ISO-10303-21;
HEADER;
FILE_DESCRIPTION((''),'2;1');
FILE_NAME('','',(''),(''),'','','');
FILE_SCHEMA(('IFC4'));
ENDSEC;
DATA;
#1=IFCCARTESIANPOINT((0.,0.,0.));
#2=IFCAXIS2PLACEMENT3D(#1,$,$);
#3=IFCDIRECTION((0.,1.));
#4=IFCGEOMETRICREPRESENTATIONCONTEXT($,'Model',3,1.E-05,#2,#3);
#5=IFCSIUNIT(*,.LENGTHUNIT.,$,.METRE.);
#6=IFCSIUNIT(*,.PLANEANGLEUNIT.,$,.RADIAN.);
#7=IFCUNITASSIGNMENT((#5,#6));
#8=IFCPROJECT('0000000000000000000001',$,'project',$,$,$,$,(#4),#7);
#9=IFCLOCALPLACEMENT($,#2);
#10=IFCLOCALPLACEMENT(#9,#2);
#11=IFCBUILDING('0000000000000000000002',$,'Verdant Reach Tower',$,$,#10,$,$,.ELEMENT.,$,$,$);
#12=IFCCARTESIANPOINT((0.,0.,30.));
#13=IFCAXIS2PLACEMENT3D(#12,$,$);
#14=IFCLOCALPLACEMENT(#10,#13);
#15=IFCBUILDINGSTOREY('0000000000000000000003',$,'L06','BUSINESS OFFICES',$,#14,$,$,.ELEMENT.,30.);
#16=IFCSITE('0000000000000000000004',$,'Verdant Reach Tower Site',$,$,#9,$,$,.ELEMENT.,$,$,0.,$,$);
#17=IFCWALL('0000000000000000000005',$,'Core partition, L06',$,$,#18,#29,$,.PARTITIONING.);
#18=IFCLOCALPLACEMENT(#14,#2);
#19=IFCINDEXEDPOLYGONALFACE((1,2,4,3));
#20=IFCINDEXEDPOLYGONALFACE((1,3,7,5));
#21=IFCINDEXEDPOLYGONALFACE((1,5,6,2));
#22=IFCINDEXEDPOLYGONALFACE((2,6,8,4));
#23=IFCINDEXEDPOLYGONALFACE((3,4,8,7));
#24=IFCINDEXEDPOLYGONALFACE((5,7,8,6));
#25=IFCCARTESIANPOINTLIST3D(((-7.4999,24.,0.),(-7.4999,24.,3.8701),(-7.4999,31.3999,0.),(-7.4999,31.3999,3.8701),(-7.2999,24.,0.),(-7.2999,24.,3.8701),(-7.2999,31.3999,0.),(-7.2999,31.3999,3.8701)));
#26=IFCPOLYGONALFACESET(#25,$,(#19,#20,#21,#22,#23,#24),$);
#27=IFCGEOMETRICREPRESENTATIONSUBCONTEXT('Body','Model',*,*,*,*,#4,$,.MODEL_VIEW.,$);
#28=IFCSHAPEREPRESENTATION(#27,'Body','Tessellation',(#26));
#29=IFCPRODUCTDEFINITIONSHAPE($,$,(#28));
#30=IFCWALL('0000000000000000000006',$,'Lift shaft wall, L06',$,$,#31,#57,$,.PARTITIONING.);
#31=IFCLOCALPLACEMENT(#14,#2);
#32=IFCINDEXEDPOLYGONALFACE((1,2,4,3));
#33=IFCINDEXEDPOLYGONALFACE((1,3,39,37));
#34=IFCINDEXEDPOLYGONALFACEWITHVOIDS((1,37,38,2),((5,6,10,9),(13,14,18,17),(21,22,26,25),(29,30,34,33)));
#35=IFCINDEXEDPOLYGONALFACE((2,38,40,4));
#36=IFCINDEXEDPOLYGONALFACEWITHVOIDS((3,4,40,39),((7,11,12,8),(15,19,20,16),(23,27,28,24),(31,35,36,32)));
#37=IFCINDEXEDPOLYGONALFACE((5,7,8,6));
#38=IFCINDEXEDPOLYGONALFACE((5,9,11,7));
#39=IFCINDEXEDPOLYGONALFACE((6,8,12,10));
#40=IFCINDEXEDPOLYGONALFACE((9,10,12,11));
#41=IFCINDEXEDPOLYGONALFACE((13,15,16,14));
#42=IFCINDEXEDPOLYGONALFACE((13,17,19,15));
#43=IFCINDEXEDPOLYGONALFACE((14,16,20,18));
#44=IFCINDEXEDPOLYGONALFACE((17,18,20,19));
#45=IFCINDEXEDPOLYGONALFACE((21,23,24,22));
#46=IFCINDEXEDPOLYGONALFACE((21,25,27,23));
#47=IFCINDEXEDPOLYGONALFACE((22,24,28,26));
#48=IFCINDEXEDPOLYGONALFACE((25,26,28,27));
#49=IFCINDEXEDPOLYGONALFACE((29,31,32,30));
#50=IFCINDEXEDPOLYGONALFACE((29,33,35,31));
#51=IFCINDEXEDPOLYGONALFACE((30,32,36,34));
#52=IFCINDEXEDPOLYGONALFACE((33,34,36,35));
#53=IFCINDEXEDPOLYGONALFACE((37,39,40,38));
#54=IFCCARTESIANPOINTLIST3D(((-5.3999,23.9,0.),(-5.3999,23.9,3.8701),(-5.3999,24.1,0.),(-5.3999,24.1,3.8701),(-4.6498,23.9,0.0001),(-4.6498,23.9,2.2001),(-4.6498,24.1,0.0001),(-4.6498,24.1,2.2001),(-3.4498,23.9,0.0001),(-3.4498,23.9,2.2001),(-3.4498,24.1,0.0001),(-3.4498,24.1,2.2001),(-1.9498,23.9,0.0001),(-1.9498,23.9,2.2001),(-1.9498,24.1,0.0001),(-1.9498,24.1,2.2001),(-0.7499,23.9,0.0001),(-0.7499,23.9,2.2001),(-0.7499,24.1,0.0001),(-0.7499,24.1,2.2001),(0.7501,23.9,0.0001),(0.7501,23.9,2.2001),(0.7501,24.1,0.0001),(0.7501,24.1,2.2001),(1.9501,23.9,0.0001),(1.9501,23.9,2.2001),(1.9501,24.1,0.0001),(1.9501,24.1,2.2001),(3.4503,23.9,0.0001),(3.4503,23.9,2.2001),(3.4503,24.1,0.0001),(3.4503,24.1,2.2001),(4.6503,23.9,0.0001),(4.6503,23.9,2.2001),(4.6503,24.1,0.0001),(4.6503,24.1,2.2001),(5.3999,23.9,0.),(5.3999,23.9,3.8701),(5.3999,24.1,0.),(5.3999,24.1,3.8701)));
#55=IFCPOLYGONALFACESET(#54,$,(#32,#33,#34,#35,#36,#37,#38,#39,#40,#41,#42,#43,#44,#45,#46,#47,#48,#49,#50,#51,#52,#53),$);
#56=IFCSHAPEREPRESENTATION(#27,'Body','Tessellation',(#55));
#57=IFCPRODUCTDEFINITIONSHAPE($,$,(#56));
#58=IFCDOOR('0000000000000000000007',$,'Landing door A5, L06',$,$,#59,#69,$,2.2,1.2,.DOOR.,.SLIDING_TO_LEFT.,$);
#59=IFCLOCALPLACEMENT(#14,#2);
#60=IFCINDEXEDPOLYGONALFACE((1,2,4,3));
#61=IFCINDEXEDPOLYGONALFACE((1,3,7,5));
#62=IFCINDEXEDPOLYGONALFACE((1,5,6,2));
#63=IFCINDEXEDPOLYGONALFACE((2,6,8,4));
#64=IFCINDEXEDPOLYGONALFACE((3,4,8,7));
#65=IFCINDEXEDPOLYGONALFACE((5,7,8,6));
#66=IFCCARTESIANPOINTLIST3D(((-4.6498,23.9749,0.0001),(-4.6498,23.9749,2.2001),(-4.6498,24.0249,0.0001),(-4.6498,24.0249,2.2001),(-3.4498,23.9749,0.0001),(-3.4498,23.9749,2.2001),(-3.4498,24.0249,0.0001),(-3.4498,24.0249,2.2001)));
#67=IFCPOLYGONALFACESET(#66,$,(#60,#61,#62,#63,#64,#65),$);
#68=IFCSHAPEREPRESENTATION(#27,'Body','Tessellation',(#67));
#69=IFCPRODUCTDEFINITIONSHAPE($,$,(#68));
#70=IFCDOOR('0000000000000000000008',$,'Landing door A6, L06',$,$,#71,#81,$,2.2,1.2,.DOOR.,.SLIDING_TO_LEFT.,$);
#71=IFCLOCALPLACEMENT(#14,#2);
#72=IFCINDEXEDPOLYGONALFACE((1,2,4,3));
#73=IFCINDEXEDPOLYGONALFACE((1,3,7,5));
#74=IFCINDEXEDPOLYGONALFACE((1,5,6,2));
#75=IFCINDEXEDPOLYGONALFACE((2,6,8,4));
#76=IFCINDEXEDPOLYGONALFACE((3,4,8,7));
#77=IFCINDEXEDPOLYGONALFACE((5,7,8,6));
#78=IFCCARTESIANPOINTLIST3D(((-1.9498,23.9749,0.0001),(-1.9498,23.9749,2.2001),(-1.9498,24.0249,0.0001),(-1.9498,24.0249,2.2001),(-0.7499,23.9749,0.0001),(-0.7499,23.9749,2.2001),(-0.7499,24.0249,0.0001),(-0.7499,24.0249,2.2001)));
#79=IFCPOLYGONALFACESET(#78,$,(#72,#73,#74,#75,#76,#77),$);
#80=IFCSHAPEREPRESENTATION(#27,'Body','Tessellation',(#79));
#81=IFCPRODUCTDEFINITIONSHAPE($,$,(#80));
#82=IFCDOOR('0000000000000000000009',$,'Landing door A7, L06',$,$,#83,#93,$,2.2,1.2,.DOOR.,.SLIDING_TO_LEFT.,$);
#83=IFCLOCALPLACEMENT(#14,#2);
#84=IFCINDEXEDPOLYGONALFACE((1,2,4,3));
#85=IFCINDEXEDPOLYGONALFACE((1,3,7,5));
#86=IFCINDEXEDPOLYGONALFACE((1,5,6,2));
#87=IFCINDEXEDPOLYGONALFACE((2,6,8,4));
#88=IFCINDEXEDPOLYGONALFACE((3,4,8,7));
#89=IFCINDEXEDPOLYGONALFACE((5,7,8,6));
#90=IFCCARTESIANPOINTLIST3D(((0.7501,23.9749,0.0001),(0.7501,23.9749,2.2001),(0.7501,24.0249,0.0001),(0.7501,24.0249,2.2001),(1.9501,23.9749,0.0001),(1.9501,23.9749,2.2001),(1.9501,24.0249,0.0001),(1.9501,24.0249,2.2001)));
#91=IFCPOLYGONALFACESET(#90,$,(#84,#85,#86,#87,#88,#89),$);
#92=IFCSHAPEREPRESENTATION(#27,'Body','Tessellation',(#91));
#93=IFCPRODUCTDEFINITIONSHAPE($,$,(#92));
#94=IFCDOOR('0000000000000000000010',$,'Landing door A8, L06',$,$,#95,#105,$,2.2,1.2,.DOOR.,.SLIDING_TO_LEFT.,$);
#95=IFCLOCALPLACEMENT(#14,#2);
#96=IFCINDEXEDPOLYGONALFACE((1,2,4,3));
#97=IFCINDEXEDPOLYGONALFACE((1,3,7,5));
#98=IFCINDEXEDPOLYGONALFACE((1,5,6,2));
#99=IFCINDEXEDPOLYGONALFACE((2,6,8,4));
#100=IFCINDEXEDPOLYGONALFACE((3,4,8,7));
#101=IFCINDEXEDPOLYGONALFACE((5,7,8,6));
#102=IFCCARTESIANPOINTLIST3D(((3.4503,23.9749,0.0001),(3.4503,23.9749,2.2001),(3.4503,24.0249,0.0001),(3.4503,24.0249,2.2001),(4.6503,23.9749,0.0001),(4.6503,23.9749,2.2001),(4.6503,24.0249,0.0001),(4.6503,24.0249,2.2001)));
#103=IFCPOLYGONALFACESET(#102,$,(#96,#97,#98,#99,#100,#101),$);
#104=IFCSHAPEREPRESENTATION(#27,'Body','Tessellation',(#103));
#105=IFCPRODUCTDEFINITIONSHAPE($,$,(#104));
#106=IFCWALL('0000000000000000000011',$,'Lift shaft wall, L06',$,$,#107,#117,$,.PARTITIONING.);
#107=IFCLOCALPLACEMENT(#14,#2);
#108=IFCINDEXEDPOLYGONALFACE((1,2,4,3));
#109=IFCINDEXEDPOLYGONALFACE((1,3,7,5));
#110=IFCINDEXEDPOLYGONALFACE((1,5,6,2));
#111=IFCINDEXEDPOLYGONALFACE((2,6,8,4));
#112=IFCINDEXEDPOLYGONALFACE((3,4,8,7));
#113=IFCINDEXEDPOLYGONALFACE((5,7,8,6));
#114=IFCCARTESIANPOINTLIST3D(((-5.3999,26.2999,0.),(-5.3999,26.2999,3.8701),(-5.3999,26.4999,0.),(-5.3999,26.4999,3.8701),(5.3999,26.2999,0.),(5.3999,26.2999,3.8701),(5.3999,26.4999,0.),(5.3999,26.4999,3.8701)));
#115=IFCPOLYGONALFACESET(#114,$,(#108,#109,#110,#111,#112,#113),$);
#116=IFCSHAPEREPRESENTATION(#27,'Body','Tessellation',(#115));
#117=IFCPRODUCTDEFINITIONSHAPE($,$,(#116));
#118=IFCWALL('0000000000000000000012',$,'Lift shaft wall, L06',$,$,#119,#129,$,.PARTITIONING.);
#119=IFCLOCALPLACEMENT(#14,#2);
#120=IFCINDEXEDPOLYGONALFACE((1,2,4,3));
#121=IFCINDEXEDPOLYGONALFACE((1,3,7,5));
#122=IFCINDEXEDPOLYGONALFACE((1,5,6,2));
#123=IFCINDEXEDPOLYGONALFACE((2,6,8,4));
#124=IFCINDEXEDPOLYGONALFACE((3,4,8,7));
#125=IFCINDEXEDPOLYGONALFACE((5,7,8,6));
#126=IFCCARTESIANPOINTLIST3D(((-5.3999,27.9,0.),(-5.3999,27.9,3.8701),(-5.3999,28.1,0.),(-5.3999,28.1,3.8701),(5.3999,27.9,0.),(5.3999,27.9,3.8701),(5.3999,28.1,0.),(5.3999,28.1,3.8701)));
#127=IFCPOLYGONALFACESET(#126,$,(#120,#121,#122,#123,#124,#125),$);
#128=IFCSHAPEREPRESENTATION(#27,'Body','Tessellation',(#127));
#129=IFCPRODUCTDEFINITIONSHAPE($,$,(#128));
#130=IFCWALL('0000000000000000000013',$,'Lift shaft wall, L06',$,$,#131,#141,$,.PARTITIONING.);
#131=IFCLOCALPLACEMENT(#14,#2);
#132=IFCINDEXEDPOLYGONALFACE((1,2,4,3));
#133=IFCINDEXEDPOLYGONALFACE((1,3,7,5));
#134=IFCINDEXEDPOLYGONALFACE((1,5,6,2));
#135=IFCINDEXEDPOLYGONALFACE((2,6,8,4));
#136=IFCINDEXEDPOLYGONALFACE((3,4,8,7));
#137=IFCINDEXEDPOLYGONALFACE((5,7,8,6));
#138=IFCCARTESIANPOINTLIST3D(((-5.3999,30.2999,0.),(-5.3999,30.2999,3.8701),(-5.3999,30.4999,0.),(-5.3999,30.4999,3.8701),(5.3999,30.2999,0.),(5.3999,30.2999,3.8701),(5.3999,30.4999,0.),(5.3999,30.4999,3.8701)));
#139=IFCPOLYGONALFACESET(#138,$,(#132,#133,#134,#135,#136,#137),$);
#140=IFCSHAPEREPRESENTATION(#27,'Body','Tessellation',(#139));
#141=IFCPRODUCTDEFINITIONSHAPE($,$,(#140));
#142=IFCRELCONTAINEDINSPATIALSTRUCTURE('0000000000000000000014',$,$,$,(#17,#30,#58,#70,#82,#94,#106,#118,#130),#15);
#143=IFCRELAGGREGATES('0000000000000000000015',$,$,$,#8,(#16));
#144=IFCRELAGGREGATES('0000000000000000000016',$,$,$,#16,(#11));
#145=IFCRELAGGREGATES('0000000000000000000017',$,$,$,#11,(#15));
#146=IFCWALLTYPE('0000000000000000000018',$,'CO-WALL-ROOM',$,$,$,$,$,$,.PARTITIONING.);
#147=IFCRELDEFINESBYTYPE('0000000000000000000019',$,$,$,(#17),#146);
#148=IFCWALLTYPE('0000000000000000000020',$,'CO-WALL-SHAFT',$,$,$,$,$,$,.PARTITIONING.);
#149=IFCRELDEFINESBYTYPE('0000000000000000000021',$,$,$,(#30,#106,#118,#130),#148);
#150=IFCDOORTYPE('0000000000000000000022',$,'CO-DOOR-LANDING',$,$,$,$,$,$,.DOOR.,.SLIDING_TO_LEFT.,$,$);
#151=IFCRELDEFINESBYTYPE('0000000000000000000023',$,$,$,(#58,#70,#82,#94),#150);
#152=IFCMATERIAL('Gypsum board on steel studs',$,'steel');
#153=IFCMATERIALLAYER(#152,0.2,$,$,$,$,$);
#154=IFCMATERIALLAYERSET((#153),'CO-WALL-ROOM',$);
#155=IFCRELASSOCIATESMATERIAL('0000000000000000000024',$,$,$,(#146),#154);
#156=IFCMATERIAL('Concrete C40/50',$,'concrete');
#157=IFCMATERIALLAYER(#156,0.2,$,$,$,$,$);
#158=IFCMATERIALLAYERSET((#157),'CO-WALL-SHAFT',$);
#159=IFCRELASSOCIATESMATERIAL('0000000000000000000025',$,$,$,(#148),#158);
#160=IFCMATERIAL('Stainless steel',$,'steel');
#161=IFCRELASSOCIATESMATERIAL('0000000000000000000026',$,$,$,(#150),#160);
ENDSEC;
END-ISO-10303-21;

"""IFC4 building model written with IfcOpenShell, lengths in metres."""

from ifc_helpers import new_model, si_unit, direction, frame, frame_2d, origin, place, context, subcontext, project, spatial, rectangle, extrude, material, layer, layer_set, type_object, element, fill, save


model = new_model("IFC4")

# Units and contexts
model_context = context("Model", 3, precision=1e-05, world=origin(), true_north=direction((0.0, 1.0)))
body_context = subcontext(model_context, "Body", "Model", "MODEL_VIEW")
ifc_project = project(units=[si_unit("LENGTHUNIT", "METRE"), si_unit("PLANEANGLEUNIT", "RADIAN")], contexts=[model_context])

# Site, building, storey
site_placement = place(None, origin())
site = spatial("IfcSite", under=ifc_project, at=site_placement, Name="Verdant Reach Tower Site", CompositionType="ELEMENT", RefElevation=0.0)
building_placement = place(site_placement, origin())
building = spatial("IfcBuilding", under=site, at=building_placement, Name="Verdant Reach Tower", CompositionType="ELEMENT")
storey_placement = place(building_placement, frame((0.0, 0.0, 30.0)))
storey = spatial("IfcBuildingStorey", under=building, at=storey_placement, Name="L06", Description="BUSINESS OFFICES", CompositionType="ELEMENT", Elevation=30.0)

# Wall
ifc_material_1 = material(Name="Gypsum board on steel studs", Category="steel")
ifc_layer_1 = layer(ifc_material_1, 0.2)
ifc_layer_set_1 = layer_set([ifc_layer_1], Name="CO-WALL-ROOM")
wall_type_1 = type_object("IfcWallType", Name="CO-WALL-ROOM", PredefinedType="PARTITIONING", material=ifc_layer_set_1)
wall_1_placement = place(storey_placement, frame((-7.3999, 24.0, 0.0), z_axis=(0.0, 0.0, 1.0), x_axis=(0.0, 1.0, 0.0)))
element("IfcWall", 1, at=wall_1_placement, inside=storey, type_object=wall_type_1, Name="Core partition, L06", PredefinedType="PARTITIONING", context=body_context, shape_type="SweptSolid", body=[
    extrude(rectangle(XDim=7.3999, YDim=0.2, at=frame_2d((3.7, 0.0))), origin(), (0.0, 0.0, 1.0), 3.8701),
])

# Wall, openings, doors
ifc_material_2 = material(Name="Concrete C40/50", Category="concrete")
ifc_layer_2 = layer(ifc_material_2, 0.2)
ifc_layer_set_2 = layer_set([ifc_layer_2], Name="CO-WALL-SHAFT")
wall_type_2 = type_object("IfcWallType", Name="CO-WALL-SHAFT", PredefinedType="PARTITIONING", material=ifc_layer_set_2)
wall_2_placement = place(storey_placement, frame((-5.3999, 24.0, 0.0), z_axis=(0.0, 0.0, 1.0), x_axis=(1.0, 0.0, 0.0)))
wall_2 = element("IfcWall", 2, at=wall_2_placement, inside=storey, type_object=wall_type_2, Name="Lift shaft wall, L06", PredefinedType="PARTITIONING", context=body_context, shape_type="SweptSolid", body=[
    extrude(rectangle(XDim=10.7998, YDim=0.2, at=frame_2d((5.3999, 0.0))), origin(), (0.0, 0.0, 1.0), 3.8701),
])
opening_1_placement = place(wall_2_placement, frame((0.75, 0.0, 0.0)))
opening_1 = element("IfcOpeningElement", 3, at=opening_1_placement, cuts=wall_2, PredefinedType="OPENING", context=body_context, shape_type="SweptSolid", body=[
    extrude(rectangle(XDim=1.2, YDim=2.2, at=frame_2d((0.6001, 1.1001))), frame((0.0, 0.1099, 0.0), z_axis=(0.0, -1.0, 0.0), x_axis=(1.0, 0.0, 0.0)), (0.0, 0.0, 1.0), 0.22),
])
opening_2_placement = place(wall_2_placement, frame((3.45, 0.0, 0.0)))
opening_2 = element("IfcOpeningElement", 4, at=opening_2_placement, cuts=wall_2, PredefinedType="OPENING", context=body_context, shape_type="SweptSolid", body=[
    extrude(rectangle(XDim=1.2, YDim=2.2, at=frame_2d((0.6001, 1.1001))), frame((0.0, 0.1099, 0.0), z_axis=(0.0, -1.0, 0.0), x_axis=(1.0, 0.0, 0.0)), (0.0, 0.0, 1.0), 0.22),
])
opening_3_placement = place(wall_2_placement, frame((6.1499, 0.0, 0.0)))
opening_3 = element("IfcOpeningElement", 5, at=opening_3_placement, cuts=wall_2, PredefinedType="OPENING", context=body_context, shape_type="SweptSolid", body=[
    extrude(rectangle(XDim=1.2, YDim=2.2, at=frame_2d((0.6001, 1.1001))), frame((0.0, 0.1099, 0.0), z_axis=(0.0, -1.0, 0.0), x_axis=(1.0, 0.0, 0.0)), (0.0, 0.0, 1.0), 0.22),
])
opening_4_placement = place(wall_2_placement, frame((8.8501, 0.0, 0.0)))
opening_4 = element("IfcOpeningElement", 6, at=opening_4_placement, cuts=wall_2, PredefinedType="OPENING", context=body_context, shape_type="SweptSolid", body=[
    extrude(rectangle(XDim=1.2, YDim=2.2, at=frame_2d((0.6001, 1.1001))), frame((0.0, 0.1099, 0.0), z_axis=(0.0, -1.0, 0.0), x_axis=(1.0, 0.0, 0.0)), (0.0, 0.0, 1.0), 0.22),
])
ifc_material_3 = material(Name="Stainless steel", Category="steel")
door_type_1 = type_object("IfcDoorType", Name="CO-DOOR-LANDING", OperationType="SLIDING_TO_LEFT", PredefinedType="DOOR", material=ifc_material_3)
door_1_placement = place(opening_1_placement, origin())
door_1 = element("IfcDoor", 7, at=door_1_placement, inside=storey, type_object=door_type_1, Name="Landing door A5, L06", OperationType="SLIDING_TO_LEFT", OverallHeight=2.2, OverallWidth=1.2, PredefinedType="DOOR", context=body_context, shape_type="SweptSolid", body=[
    extrude(rectangle(XDim=1.2, YDim=2.2, at=frame_2d((0.6001, 1.1001))), frame((0.0, 0.0249, 0.0), z_axis=(0.0, -1.0, 0.0), x_axis=(1.0, 0.0, 0.0)), (0.0, 0.0, 1.0), 0.05),
])
fill(opening_1, door_1)
door_2_placement = place(opening_2_placement, origin())
door_2 = element("IfcDoor", 8, at=door_2_placement, inside=storey, type_object=door_type_1, Name="Landing door A6, L06", OperationType="SLIDING_TO_LEFT", OverallHeight=2.2, OverallWidth=1.2, PredefinedType="DOOR", context=body_context, shape_type="SweptSolid", body=[
    extrude(rectangle(XDim=1.2, YDim=2.2, at=frame_2d((0.6001, 1.1001))), frame((0.0, 0.0249, 0.0), z_axis=(0.0, -1.0, 0.0), x_axis=(1.0, 0.0, 0.0)), (0.0, 0.0, 1.0), 0.05),
])
fill(opening_2, door_2)
door_3_placement = place(opening_3_placement, origin())
door_3 = element("IfcDoor", 9, at=door_3_placement, inside=storey, type_object=door_type_1, Name="Landing door A7, L06", OperationType="SLIDING_TO_LEFT", OverallHeight=2.2, OverallWidth=1.2, PredefinedType="DOOR", context=body_context, shape_type="SweptSolid", body=[
    extrude(rectangle(XDim=1.2, YDim=2.2, at=frame_2d((0.6001, 1.1001))), frame((0.0, 0.0249, 0.0), z_axis=(0.0, -1.0, 0.0), x_axis=(1.0, 0.0, 0.0)), (0.0, 0.0, 1.0), 0.05),
])
fill(opening_3, door_3)
door_4_placement = place(opening_4_placement, origin())
door_4 = element("IfcDoor", 10, at=door_4_placement, inside=storey, type_object=door_type_1, Name="Landing door A8, L06", OperationType="SLIDING_TO_LEFT", OverallHeight=2.2, OverallWidth=1.2, PredefinedType="DOOR", context=body_context, shape_type="SweptSolid", body=[
    extrude(rectangle(XDim=1.2, YDim=2.2, at=frame_2d((0.6001, 1.1001))), frame((0.0, 0.0249, 0.0), z_axis=(0.0, -1.0, 0.0), x_axis=(1.0, 0.0, 0.0)), (0.0, 0.0, 1.0), 0.05),
])
fill(opening_4, door_4)

# Walls
for number, where, z_axis, x_axis, name in (
    (11, (-5.3999, 26.3999, 0.0), (0.0, 0.0, 1.0), (1.0, 0.0, 0.0), "Lift shaft wall, L06"),
    (12, (-5.3999, 28.0, 0.0), (0.0, 0.0, 1.0), (1.0, 0.0, 0.0), "Lift shaft wall, L06"),
    (13, (-5.3999, 30.3999, 0.0), (0.0, 0.0, 1.0), (1.0, 0.0, 0.0), "Lift shaft wall, L06"),
):
    element("IfcWall", number, at=place(storey_placement, frame(where, z_axis=z_axis, x_axis=x_axis)), inside=storey, type_object=wall_type_2, Name=name, PredefinedType="PARTITIONING", context=body_context, shape_type="SweptSolid", body=[
        extrude(rectangle(XDim=10.7998, YDim=0.2, at=frame_2d((5.3999, 0.0))), origin(), (0.0, 0.0, 1.0), 3.8701),
    ])

save(model, "model.ifc")
